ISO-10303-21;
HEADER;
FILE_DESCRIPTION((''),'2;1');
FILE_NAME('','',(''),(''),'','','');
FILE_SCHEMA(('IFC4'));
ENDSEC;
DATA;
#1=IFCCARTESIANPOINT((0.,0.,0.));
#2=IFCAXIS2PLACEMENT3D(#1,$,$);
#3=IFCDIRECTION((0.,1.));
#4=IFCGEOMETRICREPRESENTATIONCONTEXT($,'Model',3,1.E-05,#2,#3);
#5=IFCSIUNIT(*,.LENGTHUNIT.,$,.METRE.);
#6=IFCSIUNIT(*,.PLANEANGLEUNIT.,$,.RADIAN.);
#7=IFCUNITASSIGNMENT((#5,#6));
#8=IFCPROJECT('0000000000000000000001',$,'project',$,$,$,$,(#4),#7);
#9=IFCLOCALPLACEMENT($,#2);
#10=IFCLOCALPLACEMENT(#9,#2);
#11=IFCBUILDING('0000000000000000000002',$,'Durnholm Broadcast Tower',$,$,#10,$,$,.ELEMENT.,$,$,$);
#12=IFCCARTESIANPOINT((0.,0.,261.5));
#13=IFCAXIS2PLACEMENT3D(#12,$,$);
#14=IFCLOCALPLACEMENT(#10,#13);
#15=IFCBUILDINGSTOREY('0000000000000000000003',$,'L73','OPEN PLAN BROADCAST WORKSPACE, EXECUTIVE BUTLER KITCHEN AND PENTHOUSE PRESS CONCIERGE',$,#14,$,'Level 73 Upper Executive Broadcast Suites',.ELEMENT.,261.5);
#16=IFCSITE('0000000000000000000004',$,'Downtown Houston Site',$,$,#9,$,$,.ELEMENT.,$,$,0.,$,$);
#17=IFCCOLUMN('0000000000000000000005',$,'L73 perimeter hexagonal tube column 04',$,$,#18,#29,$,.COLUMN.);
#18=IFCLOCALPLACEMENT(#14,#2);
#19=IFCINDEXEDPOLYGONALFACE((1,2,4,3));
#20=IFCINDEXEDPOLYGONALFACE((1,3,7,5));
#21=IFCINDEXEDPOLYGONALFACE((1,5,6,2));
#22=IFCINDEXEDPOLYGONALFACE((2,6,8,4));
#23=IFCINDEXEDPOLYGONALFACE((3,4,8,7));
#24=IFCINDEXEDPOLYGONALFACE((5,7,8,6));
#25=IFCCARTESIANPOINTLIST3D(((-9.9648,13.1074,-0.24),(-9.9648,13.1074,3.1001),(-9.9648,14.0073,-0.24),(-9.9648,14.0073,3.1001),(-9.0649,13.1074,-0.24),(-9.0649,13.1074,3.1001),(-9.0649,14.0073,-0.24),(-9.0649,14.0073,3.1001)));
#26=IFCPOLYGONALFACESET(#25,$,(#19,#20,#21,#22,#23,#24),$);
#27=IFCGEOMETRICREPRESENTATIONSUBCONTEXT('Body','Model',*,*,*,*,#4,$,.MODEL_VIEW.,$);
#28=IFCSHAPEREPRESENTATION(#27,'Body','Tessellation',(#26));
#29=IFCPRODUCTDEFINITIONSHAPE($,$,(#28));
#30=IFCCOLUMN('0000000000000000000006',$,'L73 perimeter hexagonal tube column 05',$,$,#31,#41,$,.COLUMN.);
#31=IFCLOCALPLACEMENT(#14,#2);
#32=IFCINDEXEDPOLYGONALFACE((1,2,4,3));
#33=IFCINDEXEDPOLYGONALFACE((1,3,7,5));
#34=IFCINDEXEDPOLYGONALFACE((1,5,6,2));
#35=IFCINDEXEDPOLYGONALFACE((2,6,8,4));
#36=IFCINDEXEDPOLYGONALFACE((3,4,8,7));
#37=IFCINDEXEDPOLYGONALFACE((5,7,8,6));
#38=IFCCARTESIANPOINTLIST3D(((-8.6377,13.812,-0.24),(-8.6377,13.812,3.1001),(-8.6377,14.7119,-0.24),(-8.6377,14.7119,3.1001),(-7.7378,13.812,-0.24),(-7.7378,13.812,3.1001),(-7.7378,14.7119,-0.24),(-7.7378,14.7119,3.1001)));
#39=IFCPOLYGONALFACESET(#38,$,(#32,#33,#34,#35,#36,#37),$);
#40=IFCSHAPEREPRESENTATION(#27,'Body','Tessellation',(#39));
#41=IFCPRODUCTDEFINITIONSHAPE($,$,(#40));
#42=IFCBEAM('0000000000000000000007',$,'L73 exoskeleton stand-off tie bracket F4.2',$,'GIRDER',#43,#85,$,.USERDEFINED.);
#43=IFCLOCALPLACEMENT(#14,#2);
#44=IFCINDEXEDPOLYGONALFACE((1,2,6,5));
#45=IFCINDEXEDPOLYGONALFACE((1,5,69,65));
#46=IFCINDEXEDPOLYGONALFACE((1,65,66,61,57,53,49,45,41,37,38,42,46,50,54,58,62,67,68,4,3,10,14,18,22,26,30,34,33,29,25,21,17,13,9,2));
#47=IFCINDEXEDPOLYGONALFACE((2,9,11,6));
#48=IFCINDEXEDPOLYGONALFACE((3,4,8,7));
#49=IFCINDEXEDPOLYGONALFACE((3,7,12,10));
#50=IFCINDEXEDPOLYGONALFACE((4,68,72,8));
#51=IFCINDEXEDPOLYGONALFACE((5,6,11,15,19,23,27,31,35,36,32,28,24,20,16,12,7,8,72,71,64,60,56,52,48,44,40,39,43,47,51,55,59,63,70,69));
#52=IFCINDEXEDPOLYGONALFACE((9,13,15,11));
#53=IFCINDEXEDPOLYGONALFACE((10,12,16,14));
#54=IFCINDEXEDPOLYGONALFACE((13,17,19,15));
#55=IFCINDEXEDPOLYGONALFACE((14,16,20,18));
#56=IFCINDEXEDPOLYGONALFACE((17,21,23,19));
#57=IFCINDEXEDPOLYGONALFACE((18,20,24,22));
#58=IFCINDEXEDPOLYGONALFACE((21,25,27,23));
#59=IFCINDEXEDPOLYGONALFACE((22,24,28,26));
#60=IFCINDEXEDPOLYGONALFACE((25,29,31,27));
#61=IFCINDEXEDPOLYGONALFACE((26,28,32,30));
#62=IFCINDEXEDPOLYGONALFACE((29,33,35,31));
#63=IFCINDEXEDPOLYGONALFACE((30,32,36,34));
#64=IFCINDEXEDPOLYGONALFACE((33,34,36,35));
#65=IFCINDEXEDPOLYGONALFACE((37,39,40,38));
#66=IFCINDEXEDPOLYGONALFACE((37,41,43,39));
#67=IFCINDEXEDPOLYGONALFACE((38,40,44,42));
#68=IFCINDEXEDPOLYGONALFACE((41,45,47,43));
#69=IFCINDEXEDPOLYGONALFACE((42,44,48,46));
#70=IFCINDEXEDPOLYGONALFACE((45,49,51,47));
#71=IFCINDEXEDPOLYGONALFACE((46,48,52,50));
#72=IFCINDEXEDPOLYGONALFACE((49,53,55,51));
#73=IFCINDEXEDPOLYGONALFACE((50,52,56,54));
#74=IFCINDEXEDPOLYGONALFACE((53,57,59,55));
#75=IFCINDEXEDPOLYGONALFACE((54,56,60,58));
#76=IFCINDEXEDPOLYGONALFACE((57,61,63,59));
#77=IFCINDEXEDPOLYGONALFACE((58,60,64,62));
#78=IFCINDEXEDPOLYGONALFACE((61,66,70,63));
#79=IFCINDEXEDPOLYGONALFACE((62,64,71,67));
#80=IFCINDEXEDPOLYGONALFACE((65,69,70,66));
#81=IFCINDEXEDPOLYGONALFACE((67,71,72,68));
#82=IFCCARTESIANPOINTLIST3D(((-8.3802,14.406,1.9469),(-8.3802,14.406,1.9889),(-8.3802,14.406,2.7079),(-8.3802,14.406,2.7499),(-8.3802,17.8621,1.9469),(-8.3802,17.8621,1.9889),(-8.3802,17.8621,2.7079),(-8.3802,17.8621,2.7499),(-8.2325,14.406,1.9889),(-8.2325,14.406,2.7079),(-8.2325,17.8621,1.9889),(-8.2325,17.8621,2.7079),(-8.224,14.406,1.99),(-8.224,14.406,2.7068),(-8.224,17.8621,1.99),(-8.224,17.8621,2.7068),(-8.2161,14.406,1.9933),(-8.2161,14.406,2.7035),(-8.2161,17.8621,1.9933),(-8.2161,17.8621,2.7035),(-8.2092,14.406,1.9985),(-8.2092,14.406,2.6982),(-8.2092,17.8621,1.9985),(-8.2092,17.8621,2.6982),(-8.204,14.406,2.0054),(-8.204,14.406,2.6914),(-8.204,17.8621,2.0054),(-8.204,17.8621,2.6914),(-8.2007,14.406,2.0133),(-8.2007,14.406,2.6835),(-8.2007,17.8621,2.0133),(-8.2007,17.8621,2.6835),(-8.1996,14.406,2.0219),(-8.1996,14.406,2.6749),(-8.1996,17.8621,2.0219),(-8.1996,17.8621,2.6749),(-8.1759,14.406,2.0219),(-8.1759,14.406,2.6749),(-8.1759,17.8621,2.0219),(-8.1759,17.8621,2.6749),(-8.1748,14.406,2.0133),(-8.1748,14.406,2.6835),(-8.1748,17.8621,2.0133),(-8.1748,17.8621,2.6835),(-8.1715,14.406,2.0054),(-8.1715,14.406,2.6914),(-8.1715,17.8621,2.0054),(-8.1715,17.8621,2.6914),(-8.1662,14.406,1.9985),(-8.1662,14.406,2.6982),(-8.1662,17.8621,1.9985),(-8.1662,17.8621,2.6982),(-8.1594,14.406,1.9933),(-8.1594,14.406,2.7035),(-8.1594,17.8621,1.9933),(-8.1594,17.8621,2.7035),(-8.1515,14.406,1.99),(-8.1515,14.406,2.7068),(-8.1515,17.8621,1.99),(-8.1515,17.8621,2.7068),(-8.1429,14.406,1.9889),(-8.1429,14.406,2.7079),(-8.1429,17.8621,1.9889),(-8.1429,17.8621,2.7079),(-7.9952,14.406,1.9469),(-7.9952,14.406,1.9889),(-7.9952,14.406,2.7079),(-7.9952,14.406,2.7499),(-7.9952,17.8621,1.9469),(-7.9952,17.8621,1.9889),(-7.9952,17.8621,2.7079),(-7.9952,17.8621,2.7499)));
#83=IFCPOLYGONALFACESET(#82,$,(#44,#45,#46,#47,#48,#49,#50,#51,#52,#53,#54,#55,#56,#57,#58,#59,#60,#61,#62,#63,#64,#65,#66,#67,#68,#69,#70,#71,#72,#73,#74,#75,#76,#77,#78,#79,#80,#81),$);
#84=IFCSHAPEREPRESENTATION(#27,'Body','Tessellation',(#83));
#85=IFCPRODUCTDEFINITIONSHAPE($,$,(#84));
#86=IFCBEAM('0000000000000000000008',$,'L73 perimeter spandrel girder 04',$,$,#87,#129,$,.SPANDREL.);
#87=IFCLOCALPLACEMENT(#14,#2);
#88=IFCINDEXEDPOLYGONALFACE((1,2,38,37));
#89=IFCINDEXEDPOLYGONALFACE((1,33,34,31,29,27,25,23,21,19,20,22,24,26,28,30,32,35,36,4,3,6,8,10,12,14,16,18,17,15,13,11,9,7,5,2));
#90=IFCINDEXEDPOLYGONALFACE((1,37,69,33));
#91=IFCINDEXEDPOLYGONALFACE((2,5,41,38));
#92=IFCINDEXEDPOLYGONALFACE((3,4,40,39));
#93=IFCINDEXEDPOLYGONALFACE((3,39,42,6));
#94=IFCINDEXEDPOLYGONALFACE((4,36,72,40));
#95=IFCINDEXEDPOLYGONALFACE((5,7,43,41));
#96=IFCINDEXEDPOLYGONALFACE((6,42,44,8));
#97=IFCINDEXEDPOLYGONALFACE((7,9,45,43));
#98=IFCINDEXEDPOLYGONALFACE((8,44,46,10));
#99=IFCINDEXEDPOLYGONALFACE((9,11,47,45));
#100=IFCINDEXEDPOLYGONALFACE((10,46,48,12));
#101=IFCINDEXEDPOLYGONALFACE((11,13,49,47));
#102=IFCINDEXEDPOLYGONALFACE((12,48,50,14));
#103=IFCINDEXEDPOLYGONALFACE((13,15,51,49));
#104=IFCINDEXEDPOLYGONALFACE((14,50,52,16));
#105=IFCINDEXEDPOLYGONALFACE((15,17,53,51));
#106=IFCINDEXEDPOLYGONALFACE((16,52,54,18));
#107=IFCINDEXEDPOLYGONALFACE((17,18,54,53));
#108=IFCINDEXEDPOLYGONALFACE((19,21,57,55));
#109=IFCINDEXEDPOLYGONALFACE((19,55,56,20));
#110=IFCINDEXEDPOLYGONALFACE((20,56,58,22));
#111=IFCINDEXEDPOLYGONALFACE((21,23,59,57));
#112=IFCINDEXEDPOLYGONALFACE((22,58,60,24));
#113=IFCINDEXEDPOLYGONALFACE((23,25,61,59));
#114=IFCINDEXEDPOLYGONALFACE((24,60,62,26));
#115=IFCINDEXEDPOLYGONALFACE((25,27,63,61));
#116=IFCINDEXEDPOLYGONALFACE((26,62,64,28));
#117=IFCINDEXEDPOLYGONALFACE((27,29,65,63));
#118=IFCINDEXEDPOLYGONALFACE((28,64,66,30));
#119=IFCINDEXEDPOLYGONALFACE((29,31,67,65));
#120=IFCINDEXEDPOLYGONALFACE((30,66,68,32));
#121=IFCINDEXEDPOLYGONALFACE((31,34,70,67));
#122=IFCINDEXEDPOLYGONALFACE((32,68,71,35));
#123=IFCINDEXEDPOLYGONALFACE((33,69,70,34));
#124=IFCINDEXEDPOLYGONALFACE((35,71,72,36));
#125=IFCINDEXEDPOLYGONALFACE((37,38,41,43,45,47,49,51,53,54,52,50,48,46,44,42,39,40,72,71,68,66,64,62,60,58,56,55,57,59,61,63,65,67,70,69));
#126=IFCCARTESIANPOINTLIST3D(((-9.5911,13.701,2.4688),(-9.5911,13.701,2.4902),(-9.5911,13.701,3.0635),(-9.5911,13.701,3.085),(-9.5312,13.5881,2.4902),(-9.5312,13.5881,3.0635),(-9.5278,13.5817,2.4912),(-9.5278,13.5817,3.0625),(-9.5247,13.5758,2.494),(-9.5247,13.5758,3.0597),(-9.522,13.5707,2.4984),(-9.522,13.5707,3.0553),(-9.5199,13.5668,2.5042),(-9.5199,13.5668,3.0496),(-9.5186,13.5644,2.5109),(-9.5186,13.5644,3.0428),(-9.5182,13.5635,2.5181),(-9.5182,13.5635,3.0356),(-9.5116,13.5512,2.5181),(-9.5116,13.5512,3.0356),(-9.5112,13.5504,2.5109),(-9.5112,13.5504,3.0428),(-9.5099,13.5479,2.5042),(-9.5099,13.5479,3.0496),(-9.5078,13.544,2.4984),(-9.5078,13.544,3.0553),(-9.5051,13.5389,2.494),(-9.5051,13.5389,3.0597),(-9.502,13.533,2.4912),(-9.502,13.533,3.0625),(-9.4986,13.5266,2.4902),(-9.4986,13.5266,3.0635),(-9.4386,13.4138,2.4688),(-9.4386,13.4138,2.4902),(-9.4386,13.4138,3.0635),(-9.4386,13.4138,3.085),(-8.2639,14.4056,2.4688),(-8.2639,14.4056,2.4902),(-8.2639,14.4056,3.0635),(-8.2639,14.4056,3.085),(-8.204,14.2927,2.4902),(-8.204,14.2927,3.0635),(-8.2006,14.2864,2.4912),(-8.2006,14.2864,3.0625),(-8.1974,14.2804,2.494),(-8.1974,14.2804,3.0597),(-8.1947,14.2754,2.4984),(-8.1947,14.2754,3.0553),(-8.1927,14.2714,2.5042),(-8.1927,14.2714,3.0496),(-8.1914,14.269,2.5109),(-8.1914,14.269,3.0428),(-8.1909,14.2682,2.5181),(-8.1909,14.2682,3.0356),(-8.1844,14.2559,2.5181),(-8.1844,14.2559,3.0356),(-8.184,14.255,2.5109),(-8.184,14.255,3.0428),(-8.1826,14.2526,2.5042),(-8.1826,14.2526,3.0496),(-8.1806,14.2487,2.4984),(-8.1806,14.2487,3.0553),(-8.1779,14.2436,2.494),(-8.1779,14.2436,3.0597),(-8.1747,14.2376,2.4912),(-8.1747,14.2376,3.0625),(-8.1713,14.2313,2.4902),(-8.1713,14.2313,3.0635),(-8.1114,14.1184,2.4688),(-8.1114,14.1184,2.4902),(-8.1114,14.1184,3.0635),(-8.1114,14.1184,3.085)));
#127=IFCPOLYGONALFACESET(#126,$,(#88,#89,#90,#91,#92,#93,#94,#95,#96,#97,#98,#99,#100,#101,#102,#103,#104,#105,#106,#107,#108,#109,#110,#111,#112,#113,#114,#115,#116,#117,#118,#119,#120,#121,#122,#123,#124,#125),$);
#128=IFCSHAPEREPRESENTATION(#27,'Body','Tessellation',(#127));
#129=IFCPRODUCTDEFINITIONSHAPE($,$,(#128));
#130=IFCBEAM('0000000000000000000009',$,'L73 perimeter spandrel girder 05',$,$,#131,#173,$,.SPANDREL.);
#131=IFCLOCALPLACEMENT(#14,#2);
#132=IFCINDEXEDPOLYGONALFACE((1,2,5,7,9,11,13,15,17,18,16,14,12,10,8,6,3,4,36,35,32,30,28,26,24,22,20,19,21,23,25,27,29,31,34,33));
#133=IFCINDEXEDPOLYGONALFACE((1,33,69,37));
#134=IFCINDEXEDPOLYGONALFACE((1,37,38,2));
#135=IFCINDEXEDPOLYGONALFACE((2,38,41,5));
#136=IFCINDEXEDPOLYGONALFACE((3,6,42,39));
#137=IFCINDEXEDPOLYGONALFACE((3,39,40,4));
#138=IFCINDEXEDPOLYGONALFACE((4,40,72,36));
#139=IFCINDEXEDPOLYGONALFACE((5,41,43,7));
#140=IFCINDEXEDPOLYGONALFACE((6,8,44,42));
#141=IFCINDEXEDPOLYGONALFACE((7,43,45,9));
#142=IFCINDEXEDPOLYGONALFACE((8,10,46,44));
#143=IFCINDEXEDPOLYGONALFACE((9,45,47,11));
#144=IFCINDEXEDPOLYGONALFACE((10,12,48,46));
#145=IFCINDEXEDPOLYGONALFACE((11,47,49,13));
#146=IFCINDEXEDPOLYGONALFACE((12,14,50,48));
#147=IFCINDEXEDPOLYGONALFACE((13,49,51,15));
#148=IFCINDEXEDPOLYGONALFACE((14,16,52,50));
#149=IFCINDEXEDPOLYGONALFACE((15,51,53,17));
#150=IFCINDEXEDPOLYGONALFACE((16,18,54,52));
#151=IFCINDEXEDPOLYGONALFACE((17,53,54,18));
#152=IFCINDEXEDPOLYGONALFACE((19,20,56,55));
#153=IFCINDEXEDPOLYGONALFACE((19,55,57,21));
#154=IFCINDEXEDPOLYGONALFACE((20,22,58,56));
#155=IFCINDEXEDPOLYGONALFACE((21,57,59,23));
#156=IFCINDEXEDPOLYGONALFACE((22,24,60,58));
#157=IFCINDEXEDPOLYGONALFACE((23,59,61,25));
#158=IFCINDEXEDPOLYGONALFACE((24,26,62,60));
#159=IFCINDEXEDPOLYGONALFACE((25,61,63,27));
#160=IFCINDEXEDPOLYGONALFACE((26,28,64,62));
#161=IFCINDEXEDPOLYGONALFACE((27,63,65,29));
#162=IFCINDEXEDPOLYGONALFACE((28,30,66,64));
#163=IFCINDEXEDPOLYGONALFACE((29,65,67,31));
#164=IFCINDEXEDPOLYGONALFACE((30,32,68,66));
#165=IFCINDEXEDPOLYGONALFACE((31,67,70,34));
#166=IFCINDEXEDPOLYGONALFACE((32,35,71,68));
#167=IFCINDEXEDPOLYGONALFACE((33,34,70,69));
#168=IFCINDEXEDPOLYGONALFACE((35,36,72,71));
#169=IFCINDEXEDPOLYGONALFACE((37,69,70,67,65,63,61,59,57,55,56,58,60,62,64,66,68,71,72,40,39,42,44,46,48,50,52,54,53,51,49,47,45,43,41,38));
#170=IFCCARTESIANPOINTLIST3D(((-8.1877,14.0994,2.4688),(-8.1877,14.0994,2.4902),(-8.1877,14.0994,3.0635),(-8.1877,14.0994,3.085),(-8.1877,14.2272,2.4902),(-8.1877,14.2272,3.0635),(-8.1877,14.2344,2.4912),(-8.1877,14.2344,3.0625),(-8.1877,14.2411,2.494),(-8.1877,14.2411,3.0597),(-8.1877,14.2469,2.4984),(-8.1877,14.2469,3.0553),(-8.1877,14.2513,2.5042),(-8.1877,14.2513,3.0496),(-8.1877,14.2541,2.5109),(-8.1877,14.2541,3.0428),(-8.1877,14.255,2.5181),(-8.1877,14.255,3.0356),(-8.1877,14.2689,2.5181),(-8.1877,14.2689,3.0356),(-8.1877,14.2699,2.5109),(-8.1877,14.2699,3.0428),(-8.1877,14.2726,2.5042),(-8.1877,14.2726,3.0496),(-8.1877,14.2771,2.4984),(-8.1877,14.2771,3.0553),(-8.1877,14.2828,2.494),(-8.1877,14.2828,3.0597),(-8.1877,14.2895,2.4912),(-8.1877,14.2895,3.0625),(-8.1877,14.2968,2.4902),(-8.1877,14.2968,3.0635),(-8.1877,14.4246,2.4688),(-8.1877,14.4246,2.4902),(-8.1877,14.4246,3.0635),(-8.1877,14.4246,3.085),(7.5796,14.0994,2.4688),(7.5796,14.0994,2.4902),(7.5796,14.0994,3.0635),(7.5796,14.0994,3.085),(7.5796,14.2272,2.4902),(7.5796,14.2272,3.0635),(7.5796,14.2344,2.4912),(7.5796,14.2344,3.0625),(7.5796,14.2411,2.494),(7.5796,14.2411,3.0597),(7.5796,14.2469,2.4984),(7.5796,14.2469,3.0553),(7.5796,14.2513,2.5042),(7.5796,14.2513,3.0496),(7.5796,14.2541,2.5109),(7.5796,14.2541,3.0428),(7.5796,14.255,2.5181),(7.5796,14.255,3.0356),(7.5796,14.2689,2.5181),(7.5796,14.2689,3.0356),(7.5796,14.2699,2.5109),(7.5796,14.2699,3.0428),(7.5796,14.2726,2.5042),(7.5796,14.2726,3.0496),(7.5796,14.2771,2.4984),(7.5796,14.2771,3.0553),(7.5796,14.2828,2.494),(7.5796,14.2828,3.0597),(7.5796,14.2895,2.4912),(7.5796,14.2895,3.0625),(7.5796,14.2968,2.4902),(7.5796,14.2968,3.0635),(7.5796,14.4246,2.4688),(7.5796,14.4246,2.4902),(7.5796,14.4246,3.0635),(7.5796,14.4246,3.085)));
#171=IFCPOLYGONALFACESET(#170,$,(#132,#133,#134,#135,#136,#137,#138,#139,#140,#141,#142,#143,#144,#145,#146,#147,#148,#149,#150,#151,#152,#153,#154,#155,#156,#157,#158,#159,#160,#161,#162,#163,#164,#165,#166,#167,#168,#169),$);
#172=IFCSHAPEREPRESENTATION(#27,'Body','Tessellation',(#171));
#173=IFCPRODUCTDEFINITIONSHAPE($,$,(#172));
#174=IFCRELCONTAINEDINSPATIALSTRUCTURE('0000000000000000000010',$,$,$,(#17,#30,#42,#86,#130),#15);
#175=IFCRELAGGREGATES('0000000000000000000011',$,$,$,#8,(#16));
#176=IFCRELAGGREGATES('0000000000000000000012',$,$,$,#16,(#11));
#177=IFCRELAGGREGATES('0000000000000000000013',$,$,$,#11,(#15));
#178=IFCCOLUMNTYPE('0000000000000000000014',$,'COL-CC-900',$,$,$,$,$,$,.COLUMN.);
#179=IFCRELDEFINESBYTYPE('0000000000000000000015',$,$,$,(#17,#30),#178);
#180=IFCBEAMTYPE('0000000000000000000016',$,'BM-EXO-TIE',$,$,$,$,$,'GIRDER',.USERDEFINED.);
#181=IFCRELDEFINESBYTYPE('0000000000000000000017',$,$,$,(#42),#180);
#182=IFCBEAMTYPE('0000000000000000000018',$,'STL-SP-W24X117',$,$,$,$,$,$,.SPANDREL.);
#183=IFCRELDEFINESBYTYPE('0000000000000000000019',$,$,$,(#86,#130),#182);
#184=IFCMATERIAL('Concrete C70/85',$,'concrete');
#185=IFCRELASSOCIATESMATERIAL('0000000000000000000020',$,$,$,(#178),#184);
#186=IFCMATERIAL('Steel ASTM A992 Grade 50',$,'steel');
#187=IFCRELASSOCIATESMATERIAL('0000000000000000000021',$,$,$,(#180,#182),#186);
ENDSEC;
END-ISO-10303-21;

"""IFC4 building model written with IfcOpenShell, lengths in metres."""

from ifc_helpers import new_model, si_unit, direction, frame, origin, origin_2d, place, context, subcontext, project, spatial, rectangle, i_section, extrude, source, transform, mapped, material, material_profile, profile_set, type_object, type_shapes, element, save


model = new_model("IFC4")

# Units and contexts
model_context = context("Model", 3, precision=1e-05, world=origin(), true_north=direction((0.0, 1.0)))
body_context = subcontext(model_context, "Body", "Model", "MODEL_VIEW")
ifc_project = project(units=[si_unit("LENGTHUNIT", "METRE"), si_unit("PLANEANGLEUNIT", "RADIAN")], contexts=[model_context])

# Site, building, storey
site_placement = place(None, origin())
site = spatial("IfcSite", under=ifc_project, at=site_placement, Name="Downtown Houston Site", CompositionType="ELEMENT", RefElevation=0.0)
building_placement = place(site_placement, origin())
building = spatial("IfcBuilding", under=site, at=building_placement, Name="Durnholm Broadcast Tower", CompositionType="ELEMENT")
storey_placement = place(building_placement, frame((0.0, 0.0, 261.5)))
storey = spatial("IfcBuildingStorey", under=building, at=storey_placement, Name="L73", Description="OPEN PLAN BROADCAST WORKSPACE, EXECUTIVE BUTLER KITCHEN AND PENTHOUSE PRESS CONCIERGE", LongName="Level 73 Upper Executive Broadcast Suites", CompositionType="ELEMENT", Elevation=261.5)

# Columns
ifc_material_1 = material(Name="Concrete C70/85", Category="concrete")
ifc_material_profile_1 = material_profile(ifc_material_1, rectangle(XDim=0.8999, YDim=0.8999, at=origin_2d()), Name="RC900X900")
ifc_profile_set_1 = profile_set([ifc_material_profile_1], Name="Concrete C70/85")
column_type = type_object("IfcColumnType", Name="COL-CC-900", PredefinedType="COLUMN", material=ifc_profile_set_1)
shared_shape_1 = source(origin(), body_context, "Body", "SweptSolid", [
    extrude(rectangle(XDim=0.8999, YDim=0.8999, at=origin_2d()), origin(), (0.0, 0.0, 1.0), 3.3401),
])
type_shapes(column_type, [shared_shape_1])
for number, where, z_axis, x_axis, name in (
    (1, (-9.5149, 13.5574, -0.24), (0.0, 0.0, 1.0), (1.0, 0.0, 0.0), "L73 perimeter hexagonal tube column 04"),
    (2, (-8.1877, 14.262, -0.24), (0.0, 0.0, 1.0), (1.0, 0.0, 0.0), "L73 perimeter hexagonal tube column 05"),
):
    element("IfcColumn", number, at=place(storey_placement, frame(where, z_axis=z_axis, x_axis=x_axis)), inside=storey, type_object=column_type, Name=name, PredefinedType="COLUMN", context=body_context, shape_type="MappedRepresentation", body=[
        mapped(shared_shape_1, transform((0.0, 0.0, 0.0), x_axis=(1.0, 0.0, 0.0), y_axis=(0.0, 1.0, 0.0), z_axis=(0.0, 0.0, 1.0), scale=1.0)),
    ])

# Beams
ifc_material_2 = material(Name="Steel ASTM A992 Grade 50", Category="steel")
ifc_material_profile_2 = material_profile(ifc_material_2, i_section(OverallWidth=0.385, OverallDepth=0.803, WebThickness=0.0237, FlangeThickness=0.042, FilletRadius=0.033, at=origin_2d()), Name="W30X261")
ifc_profile_set_2 = profile_set([ifc_material_profile_2], Name="Steel ASTM A992 Grade 50")
beam_type_1 = type_object("IfcBeamType", Name="BM-EXO-TIE", ElementType="GIRDER", PredefinedType="USERDEFINED", material=ifc_profile_set_2)
shared_shape_2 = source(origin(), body_context, "Body", "SweptSolid", [
    extrude(i_section(OverallWidth=0.385, OverallDepth=0.803, WebThickness=0.0237, FlangeThickness=0.042, FilletRadius=0.033, at=origin_2d()), origin(), (0.0, 0.0, 1.0), 3.4561),
])
type_shapes(beam_type_1, [shared_shape_2])
beam_1_placement = place(storey_placement, frame((-8.1877, 14.406, 2.3484), z_axis=(0.0, 1.0, 0.0), x_axis=(-1.0, 0.0, 0.0)))
element("IfcBeam", 3, at=beam_1_placement, inside=storey, type_object=beam_type_1, Name="L73 exoskeleton stand-off tie bracket F4.2", ObjectType="GIRDER", PredefinedType="USERDEFINED", context=body_context, shape_type="MappedRepresentation", body=[
    mapped(shared_shape_2, transform((0.0, 0.0, 0.0), x_axis=(1.0, 0.0, 0.0), y_axis=(0.0, 1.0, 0.0), z_axis=(0.0, 0.0, 1.0), scale=1.0)),
])
ifc_material_profile_3 = material_profile(ifc_material_2, i_section(OverallWidth=0.3252, OverallDepth=0.6162, WebThickness=0.0139, FlangeThickness=0.0215, FilletRadius=0.0278, at=origin_2d()), Name="W24X117")
ifc_profile_set_3 = profile_set([ifc_material_profile_3], Name="Steel ASTM A992 Grade 50")
beam_type_2 = type_object("IfcBeamType", Name="STL-SP-W24X117", PredefinedType="SPANDREL", material=ifc_profile_set_3)
shared_shape_3 = source(origin(), body_context, "Body", "SweptSolid", [
    extrude(i_section(OverallWidth=0.3252, OverallDepth=0.6162, WebThickness=0.0139, FlangeThickness=0.0215, FilletRadius=0.0278, at=origin_2d()), origin(), (0.0, 0.0, 1.0), 1.5027),
])
beam_2_placement = place(storey_placement, frame((-9.5149, 13.5574, 2.7769), z_axis=(0.883242, 0.468918, 0.0), x_axis=(-0.468918, 0.883242, 0.0)))
element("IfcBeam", 4, at=beam_2_placement, inside=storey, type_object=beam_type_2, Name="L73 perimeter spandrel girder 04", PredefinedType="SPANDREL", context=body_context, shape_type="MappedRepresentation", body=[
    mapped(shared_shape_3, transform((0.0, 0.0, 0.0), x_axis=(1.0, 0.0, 0.0), y_axis=(0.0, 1.0, 0.0), z_axis=(0.0, 0.0, 1.0), scale=1.0)),
])
shared_shape_4 = source(origin(), body_context, "Body", "SweptSolid", [
    extrude(i_section(OverallWidth=0.3252, OverallDepth=0.6162, WebThickness=0.0139, FlangeThickness=0.0215, FilletRadius=0.0278, at=origin_2d()), origin(), (0.0, 0.0, 1.0), 15.7673),
])
type_shapes(beam_type_2, [shared_shape_3, shared_shape_4])
beam_3_placement = place(storey_placement, frame((-8.1877, 14.262, 2.7769), z_axis=(1.0, 0.0, 0.0), x_axis=(0.0, 1.0, 0.0)))
element("IfcBeam", 5, at=beam_3_placement, inside=storey, type_object=beam_type_2, Name="L73 perimeter spandrel girder 05", PredefinedType="SPANDREL", context=body_context, shape_type="MappedRepresentation", body=[
    mapped(shared_shape_4, transform((0.0, 0.0, 0.0), x_axis=(1.0, 0.0, 0.0), y_axis=(0.0, 1.0, 0.0), z_axis=(0.0, 0.0, 1.0), scale=1.0)),
])

save(model, "model.ifc")
